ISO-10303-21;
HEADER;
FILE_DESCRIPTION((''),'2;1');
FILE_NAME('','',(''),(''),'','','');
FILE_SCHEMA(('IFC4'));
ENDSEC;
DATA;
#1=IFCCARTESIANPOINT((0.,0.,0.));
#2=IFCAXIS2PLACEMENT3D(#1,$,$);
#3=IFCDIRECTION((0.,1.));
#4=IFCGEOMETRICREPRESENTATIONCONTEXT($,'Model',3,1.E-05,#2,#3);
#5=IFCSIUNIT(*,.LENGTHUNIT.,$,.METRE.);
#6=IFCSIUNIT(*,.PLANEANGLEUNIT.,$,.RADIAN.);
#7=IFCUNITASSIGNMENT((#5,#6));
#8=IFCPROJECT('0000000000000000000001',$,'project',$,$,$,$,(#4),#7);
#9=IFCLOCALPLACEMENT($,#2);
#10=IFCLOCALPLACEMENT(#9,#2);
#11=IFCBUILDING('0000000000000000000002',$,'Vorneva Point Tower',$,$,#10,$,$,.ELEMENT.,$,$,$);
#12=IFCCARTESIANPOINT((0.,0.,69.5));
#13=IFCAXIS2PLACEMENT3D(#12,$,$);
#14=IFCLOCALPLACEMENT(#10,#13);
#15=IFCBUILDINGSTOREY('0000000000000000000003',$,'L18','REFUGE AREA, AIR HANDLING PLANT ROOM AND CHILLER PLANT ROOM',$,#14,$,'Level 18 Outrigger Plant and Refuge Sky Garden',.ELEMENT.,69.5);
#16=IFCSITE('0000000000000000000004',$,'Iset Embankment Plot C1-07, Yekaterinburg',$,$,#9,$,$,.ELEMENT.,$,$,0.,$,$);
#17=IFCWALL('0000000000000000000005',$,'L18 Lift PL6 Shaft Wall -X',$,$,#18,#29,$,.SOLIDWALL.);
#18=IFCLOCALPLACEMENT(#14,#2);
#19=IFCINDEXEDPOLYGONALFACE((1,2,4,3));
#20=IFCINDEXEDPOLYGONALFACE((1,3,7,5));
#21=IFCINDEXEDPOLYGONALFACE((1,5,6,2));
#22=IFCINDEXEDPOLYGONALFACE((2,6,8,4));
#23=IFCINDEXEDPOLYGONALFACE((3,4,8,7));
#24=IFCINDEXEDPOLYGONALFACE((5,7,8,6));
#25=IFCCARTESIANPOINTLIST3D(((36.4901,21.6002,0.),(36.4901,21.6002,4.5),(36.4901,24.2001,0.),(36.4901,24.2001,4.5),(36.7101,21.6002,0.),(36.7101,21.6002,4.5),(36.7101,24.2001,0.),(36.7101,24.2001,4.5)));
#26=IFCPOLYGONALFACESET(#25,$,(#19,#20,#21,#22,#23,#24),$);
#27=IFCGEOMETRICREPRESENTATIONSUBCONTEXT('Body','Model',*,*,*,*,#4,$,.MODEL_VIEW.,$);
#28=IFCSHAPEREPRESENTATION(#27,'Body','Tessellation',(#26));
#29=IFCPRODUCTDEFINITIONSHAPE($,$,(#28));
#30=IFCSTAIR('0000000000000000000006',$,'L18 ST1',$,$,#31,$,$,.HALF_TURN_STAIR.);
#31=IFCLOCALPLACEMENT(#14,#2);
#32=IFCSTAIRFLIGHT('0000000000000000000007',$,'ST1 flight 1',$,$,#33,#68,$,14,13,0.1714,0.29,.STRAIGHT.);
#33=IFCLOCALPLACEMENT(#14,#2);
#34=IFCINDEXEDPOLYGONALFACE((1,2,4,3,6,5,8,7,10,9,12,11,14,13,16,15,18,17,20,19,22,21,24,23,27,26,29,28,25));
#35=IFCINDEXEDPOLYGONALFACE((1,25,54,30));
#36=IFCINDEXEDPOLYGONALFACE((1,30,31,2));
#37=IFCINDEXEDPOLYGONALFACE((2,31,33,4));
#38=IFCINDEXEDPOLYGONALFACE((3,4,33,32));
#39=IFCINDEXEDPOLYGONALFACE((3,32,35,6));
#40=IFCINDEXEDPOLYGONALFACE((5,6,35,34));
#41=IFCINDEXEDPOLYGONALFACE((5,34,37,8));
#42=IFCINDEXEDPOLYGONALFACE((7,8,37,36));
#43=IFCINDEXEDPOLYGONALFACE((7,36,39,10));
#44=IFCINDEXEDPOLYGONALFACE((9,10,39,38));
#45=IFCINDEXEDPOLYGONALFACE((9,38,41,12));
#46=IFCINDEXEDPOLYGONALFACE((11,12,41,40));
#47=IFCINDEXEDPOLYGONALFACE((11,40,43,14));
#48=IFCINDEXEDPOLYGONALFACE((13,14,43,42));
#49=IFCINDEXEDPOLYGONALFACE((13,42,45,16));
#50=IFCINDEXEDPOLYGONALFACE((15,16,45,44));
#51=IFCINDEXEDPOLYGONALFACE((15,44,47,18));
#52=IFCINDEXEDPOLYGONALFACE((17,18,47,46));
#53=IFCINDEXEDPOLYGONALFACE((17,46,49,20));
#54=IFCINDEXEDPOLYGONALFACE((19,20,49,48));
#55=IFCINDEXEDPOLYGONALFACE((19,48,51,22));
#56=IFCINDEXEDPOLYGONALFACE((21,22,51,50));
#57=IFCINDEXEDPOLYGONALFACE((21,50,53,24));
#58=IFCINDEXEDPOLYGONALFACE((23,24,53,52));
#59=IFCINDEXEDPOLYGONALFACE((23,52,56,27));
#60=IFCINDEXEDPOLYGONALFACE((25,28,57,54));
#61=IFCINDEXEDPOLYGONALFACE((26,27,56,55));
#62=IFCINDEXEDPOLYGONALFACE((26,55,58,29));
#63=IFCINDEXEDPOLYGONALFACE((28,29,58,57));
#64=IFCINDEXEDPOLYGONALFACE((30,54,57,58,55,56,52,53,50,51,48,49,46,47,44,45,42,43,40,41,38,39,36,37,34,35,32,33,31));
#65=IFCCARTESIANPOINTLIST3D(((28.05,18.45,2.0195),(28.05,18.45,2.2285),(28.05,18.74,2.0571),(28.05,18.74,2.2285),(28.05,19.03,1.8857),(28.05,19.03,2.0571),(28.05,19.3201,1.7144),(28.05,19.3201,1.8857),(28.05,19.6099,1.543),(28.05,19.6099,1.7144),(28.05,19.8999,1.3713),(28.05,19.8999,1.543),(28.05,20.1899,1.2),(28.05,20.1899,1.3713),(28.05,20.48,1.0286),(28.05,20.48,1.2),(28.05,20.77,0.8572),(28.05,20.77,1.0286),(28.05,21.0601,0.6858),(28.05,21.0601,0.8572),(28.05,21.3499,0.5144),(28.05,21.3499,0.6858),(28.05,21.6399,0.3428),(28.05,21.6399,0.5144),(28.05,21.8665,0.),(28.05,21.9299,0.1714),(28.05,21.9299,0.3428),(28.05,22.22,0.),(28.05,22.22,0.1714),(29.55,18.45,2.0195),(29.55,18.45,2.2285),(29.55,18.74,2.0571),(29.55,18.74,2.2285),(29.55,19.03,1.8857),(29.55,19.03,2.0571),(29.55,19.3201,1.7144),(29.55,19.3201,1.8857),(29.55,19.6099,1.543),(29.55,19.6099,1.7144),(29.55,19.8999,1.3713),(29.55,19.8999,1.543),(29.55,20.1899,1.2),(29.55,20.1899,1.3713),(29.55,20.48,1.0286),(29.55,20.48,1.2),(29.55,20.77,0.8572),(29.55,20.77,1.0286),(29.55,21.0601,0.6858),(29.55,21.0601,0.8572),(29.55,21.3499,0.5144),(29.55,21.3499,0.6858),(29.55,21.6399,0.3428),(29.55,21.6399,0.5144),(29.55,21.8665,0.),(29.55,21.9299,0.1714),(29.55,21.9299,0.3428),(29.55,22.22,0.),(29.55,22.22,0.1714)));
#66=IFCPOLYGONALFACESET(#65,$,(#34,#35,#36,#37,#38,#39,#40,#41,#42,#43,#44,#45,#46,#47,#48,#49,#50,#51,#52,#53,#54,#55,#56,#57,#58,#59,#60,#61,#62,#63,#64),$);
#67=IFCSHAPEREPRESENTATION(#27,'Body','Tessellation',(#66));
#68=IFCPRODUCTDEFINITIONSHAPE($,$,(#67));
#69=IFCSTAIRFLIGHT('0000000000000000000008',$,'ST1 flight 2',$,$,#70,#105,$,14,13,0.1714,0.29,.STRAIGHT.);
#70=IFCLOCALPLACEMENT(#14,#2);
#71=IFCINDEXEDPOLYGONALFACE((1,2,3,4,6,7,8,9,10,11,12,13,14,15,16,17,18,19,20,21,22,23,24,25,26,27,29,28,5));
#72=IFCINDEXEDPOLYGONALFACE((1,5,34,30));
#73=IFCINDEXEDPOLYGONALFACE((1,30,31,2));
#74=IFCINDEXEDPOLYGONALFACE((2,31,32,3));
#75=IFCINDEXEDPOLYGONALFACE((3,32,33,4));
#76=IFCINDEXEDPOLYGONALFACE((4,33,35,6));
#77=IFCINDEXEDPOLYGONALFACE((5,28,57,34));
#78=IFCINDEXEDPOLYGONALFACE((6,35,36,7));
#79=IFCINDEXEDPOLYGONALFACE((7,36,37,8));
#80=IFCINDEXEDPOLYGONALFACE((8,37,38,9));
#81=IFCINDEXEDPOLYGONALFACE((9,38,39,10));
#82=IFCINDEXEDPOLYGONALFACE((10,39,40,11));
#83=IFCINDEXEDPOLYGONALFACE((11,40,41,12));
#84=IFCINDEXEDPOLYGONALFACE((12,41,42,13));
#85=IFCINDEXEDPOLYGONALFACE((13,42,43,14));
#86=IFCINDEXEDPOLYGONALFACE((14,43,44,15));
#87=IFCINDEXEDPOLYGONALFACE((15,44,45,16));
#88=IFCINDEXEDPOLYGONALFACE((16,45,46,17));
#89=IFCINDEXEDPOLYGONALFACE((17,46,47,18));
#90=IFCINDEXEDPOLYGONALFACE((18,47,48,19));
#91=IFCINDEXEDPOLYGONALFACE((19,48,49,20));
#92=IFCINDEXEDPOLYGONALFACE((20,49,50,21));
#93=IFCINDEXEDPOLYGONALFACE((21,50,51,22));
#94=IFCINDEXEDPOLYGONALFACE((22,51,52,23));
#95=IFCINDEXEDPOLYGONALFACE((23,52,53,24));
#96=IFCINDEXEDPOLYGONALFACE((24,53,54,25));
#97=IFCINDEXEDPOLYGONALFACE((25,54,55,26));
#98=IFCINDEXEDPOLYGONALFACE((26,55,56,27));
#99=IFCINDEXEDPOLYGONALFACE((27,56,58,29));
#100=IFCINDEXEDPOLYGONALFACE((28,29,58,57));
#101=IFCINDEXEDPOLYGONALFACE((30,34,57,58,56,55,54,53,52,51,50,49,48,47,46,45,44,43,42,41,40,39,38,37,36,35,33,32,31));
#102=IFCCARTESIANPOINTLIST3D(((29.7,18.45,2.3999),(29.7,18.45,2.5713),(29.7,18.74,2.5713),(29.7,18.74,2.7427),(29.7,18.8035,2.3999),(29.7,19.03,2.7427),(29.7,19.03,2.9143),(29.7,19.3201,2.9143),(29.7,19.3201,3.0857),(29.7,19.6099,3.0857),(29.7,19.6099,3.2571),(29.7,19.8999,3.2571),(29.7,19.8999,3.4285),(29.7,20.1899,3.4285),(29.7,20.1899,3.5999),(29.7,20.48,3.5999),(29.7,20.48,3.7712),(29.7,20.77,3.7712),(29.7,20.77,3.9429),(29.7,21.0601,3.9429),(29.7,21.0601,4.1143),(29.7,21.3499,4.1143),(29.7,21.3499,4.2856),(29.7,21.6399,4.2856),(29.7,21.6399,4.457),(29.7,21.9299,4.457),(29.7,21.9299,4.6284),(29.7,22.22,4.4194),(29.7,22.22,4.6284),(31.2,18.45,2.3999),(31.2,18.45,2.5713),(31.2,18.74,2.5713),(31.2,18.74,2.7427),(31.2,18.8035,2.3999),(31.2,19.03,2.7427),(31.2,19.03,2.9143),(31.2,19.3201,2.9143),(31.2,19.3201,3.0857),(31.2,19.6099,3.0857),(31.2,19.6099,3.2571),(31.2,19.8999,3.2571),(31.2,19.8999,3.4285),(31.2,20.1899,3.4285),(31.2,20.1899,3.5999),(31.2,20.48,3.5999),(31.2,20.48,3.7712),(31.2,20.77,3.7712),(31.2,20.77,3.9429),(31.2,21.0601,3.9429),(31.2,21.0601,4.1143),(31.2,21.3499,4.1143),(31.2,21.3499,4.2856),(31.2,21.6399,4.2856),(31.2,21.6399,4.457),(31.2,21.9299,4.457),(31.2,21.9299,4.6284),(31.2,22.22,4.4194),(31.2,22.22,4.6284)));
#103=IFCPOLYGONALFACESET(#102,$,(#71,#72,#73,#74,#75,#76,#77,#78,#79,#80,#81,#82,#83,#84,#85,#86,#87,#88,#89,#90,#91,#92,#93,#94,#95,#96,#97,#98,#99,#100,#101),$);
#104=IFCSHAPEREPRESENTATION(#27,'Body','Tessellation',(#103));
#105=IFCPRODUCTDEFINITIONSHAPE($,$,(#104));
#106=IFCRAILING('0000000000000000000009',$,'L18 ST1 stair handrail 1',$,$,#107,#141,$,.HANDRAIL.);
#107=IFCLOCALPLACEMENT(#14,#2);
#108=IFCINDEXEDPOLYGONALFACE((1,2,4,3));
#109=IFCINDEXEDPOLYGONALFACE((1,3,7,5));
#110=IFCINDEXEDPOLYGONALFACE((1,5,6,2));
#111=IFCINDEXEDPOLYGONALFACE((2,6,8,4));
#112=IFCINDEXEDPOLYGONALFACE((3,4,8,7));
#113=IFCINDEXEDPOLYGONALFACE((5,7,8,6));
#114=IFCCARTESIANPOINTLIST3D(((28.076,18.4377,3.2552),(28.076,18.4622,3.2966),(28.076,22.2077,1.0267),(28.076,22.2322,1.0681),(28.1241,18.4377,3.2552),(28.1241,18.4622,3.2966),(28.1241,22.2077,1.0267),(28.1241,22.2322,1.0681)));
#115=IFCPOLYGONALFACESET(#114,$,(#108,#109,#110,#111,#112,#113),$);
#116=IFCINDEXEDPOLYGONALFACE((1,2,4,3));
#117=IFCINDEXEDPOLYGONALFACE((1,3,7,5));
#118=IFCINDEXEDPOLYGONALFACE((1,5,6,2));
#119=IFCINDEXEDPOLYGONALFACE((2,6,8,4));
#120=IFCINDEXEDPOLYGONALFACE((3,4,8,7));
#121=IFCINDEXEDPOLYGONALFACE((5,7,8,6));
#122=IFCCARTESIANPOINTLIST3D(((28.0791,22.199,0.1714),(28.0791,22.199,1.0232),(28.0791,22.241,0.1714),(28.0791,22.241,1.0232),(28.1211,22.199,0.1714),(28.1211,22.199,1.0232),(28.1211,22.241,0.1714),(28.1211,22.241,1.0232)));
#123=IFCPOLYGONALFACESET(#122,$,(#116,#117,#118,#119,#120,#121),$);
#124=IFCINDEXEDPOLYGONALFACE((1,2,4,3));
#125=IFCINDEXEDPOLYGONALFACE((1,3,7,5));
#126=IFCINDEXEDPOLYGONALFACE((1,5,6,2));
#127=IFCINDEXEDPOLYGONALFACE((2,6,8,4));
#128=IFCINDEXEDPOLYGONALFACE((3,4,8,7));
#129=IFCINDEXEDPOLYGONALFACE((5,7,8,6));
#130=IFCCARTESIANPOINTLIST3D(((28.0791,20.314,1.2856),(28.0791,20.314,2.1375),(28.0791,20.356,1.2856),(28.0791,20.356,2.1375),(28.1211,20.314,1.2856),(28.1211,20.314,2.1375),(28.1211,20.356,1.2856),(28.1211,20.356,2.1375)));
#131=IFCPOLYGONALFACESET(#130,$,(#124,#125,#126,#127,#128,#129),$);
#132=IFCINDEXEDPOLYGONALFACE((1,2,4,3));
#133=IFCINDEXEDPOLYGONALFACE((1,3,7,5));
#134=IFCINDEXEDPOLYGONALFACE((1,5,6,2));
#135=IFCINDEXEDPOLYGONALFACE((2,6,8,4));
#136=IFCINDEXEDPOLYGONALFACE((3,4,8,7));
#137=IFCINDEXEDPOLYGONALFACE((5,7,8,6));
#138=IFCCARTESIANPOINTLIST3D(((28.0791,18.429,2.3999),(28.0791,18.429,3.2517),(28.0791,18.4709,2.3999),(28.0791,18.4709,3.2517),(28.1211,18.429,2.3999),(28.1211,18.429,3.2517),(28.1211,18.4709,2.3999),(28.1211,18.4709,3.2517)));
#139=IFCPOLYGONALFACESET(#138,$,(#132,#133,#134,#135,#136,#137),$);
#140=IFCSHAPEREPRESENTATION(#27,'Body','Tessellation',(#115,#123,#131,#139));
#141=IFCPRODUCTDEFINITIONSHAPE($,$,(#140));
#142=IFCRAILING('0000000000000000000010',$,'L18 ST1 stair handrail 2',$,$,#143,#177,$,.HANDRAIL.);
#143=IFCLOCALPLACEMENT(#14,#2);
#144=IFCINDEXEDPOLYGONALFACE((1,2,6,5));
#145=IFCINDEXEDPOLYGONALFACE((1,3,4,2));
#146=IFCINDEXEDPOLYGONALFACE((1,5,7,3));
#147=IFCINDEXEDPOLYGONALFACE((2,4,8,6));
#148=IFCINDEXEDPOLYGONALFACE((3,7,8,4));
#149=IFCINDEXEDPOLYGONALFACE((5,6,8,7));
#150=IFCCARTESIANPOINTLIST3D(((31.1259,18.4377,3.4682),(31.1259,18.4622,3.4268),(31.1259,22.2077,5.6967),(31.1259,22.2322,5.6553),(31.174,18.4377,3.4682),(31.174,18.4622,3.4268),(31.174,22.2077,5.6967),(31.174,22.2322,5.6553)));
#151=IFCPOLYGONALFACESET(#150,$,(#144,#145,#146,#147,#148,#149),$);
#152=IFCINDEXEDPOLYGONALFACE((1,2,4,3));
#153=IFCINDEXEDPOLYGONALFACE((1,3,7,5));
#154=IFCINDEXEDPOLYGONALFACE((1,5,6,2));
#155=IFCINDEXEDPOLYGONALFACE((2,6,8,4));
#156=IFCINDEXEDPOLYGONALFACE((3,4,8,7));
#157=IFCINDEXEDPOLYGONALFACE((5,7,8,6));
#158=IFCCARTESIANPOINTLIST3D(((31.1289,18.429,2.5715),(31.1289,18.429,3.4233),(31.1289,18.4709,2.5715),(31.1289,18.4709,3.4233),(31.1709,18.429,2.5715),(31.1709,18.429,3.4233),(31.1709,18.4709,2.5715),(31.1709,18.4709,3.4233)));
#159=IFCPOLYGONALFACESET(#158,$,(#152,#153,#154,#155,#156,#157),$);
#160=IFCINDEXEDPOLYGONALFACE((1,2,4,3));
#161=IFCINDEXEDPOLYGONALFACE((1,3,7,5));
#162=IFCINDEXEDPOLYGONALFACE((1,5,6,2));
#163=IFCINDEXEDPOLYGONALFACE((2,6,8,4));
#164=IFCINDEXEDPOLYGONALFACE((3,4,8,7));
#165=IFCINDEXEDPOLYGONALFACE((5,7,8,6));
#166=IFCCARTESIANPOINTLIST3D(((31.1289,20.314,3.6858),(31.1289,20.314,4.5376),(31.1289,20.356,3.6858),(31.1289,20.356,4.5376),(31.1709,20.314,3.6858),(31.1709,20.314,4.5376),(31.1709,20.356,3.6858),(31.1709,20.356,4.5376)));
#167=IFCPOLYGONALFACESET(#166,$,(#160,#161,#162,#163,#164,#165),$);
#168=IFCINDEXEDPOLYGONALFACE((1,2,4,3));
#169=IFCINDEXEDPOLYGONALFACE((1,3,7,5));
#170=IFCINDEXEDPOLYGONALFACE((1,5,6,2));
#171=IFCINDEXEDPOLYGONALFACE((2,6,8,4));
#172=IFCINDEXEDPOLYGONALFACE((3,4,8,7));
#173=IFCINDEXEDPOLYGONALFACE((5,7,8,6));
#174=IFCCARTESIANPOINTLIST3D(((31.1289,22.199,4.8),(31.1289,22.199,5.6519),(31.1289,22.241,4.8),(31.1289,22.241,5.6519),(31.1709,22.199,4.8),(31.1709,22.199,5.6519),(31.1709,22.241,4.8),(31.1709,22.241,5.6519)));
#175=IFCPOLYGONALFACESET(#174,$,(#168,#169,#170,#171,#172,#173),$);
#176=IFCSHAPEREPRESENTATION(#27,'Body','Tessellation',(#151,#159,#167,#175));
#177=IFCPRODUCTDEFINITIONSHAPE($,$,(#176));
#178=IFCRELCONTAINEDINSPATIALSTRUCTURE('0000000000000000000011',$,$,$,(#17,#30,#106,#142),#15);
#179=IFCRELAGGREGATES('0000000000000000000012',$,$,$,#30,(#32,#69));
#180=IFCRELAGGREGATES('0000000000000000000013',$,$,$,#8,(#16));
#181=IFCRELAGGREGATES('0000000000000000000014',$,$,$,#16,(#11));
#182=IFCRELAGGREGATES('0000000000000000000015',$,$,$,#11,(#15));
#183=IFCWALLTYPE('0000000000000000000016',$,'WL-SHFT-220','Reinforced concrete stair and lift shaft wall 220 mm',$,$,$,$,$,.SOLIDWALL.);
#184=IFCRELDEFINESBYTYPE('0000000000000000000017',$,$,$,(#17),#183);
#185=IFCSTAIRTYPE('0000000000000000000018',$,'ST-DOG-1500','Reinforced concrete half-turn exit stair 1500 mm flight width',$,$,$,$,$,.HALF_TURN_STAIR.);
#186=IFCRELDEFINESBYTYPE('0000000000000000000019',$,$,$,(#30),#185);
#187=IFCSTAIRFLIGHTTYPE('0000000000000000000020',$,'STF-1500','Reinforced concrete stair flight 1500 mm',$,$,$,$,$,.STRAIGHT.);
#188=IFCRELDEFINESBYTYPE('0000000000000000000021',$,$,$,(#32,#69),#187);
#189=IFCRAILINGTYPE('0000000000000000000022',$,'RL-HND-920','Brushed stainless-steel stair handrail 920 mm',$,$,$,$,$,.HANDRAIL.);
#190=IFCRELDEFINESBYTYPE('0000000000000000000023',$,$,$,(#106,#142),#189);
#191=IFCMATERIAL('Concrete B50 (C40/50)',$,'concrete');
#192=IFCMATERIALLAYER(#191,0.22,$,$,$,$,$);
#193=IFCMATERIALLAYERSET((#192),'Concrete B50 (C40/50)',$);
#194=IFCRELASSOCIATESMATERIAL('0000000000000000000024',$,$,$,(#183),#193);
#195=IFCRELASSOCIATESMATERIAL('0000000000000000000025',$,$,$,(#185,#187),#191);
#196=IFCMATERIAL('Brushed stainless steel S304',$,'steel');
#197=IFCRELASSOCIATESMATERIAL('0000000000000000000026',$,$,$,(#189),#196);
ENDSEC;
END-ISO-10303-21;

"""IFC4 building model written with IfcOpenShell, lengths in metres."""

from ifc_helpers import new_model, si_unit, direction, frame, frame_2d, origin, origin_2d, place, context, subcontext, project, spatial, polyline, rectangle, outline, extrude, material, layer, layer_set, type_object, element, aggregate, save


model = new_model("IFC4")

# Units and contexts
model_context = context("Model", 3, precision=1e-05, world=origin(), true_north=direction((0.0, 1.0)))
body_context = subcontext(model_context, "Body", "Model", "MODEL_VIEW")
ifc_project = project(units=[si_unit("LENGTHUNIT", "METRE"), si_unit("PLANEANGLEUNIT", "RADIAN")], contexts=[model_context])

# Site, building, storey
site_placement = place(None, origin())
site = spatial("IfcSite", under=ifc_project, at=site_placement, Name="Iset Embankment Plot C1-07, Yekaterinburg", CompositionType="ELEMENT", RefElevation=0.0)
building_placement = place(site_placement, origin())
building = spatial("IfcBuilding", under=site, at=building_placement, Name="Vorneva Point Tower", CompositionType="ELEMENT")
storey_placement = place(building_placement, frame((0.0, 0.0, 69.5)))
storey = spatial("IfcBuildingStorey", under=building, at=storey_placement, Name="L18", Description="REFUGE AREA, AIR HANDLING PLANT ROOM AND CHILLER PLANT ROOM", LongName="Level 18 Outrigger Plant and Refuge Sky Garden", CompositionType="ELEMENT", Elevation=69.5)

# Shared definitions
ifc_material_1 = material(Name="Concrete B50 (C40/50)", Category="concrete")
ifc_layer_1 = layer(ifc_material_1, 0.22)
ifc_layer_set_1 = layer_set([ifc_layer_1], Name="Concrete B50 (C40/50)")
wall_type_1 = type_object("IfcWallType", Name="WL-SHFT-220", Description="Reinforced concrete stair and lift shaft wall 220 mm", PredefinedType="SOLIDWALL", material=ifc_layer_set_1)

# Wall
wall_1_placement = place(storey_placement, frame((36.6001, 24.2, 0.0), z_axis=(0.0, 0.0, 1.0), x_axis=(0.0, -1.0, 0.0)))
element("IfcWall", 1, at=wall_1_placement, inside=storey, type_object=wall_type_1, Name="L18 Lift PL6 Shaft Wall -X", PredefinedType="SOLIDWALL", context=body_context, shape_type="SweptSolid", body=[
    extrude(rectangle(XDim=2.5999, YDim=0.22, at=frame_2d((1.2998, 0.0))), origin(), (0.0, 0.0, 1.0), 4.5),
])

# Stair, stair flights
stair_type = type_object("IfcStairType", Name="ST-DOG-1500", Description="Reinforced concrete half-turn exit stair 1500 mm flight width", PredefinedType="HALF_TURN_STAIR", material=ifc_material_1)
stair_placement = place(storey_placement, origin())
stair = element("IfcStair", 2, at=stair_placement, inside=storey, type_object=stair_type, Name="L18 ST1", PredefinedType="HALF_TURN_STAIR")
stair_flight_type = type_object("IfcStairFlightType", Name="STF-1500", Description="Reinforced concrete stair flight 1500 mm", PredefinedType="STRAIGHT", material=ifc_material_1)
stair_flight_1_placement = place(storey_placement, frame((28.8, 22.22, 0.0), z_axis=(0.0, 0.0, 1.0), x_axis=(0.0, -1.0, 0.0)))
stair_flight_1 = element("IfcStairFlight", 3, at=stair_flight_1_placement, type_object=stair_flight_type, Name="ST1 flight 1", NumberOfRisers=14, NumberOfTreads=13, PredefinedType="STRAIGHT", RiserHeight=0.1714, TreadLength=0.29, context=body_context, shape_type="SweptSolid", body=[
    extrude(outline(polyline([(0.0, 0.0), (0.0, 0.1714), (0.29, 0.1714), (0.29, 0.3428), (0.5801, 0.3428), (0.5801, 0.5144), (0.8701, 0.5144), (0.8701, 0.6858), (1.1599, 0.6858), (1.1599, 0.8572), (1.45, 0.8572), (1.45, 1.0286), (1.74, 1.0286), (1.74, 1.2), (2.03, 1.2), (2.03, 1.3713), (2.3201, 1.3713), (2.3201, 1.543), (2.6101, 1.543), (2.6101, 1.7144), (2.8999, 1.7144), (2.8999, 1.8857), (3.1899, 1.8857), (3.1899, 2.0571), (3.48, 2.0571), (3.48, 2.2285), (3.77, 2.2285), (3.77, 2.3999), (3.77, 2.0195), (0.3535, 0.0), (0.0, 0.0)])), frame((0.0, 0.75, 0.0), z_axis=(0.0, -1.0, 0.0), x_axis=(1.0, 0.0, 0.0)), (0.0, 0.0, 1.0), 1.5),
])
stair_flight_2_placement = place(storey_placement, frame((30.45, 18.45, 2.3999), z_axis=(0.0, 0.0, 1.0), x_axis=(0.0, 1.0, 0.0)))
stair_flight_2 = element("IfcStairFlight", 4, at=stair_flight_2_placement, type_object=stair_flight_type, Name="ST1 flight 2", NumberOfRisers=14, NumberOfTreads=13, PredefinedType="STRAIGHT", RiserHeight=0.1714, TreadLength=0.29, context=body_context, shape_type="SweptSolid", body=[
    extrude(outline(polyline([(0.0, 0.0), (0.0, 0.1714), (0.29, 0.1714), (0.29, 0.3428), (0.5801, 0.3428), (0.5801, 0.5144), (0.8701, 0.5144), (0.8701, 0.6858), (1.1599, 0.6858), (1.1599, 0.8572), (1.45, 0.8572), (1.45, 1.0286), (1.74, 1.0286), (1.74, 1.2), (2.03, 1.2), (2.03, 1.3713), (2.3201, 1.3713), (2.3201, 1.543), (2.6101, 1.543), (2.6101, 1.7144), (2.8999, 1.7144), (2.8999, 1.8857), (3.1899, 1.8857), (3.1899, 2.0571), (3.48, 2.0571), (3.48, 2.2285), (3.77, 2.2285), (3.77, 2.3999), (3.77, 2.0195), (0.3535, 0.0), (0.0, 0.0)])), frame((0.0, 0.75, 0.0), z_axis=(0.0, -1.0, 0.0), x_axis=(1.0, 0.0, 0.0)), (0.0, 0.0, 1.0), 1.5),
])
aggregate(stair, [stair_flight_1, stair_flight_2])

# Railings
ifc_material_2 = material(Name="Brushed stainless steel S304", Category="steel")
railing_type_1 = type_object("IfcRailingType", Name="RL-HND-920", Description="Brushed stainless-steel stair handrail 920 mm", PredefinedType="HANDRAIL", material=ifc_material_2)
railing_1_placement = place(storey_placement, frame((28.1001, 22.22, 0.1714)))
element("IfcRailing", 5, at=railing_1_placement, inside=storey, type_object=railing_type_1, Name="L18 ST1 stair handrail 1", PredefinedType="HANDRAIL", context=body_context, shape_type="SweptSolid", body=[
    extrude(rectangle(XDim=0.0481, YDim=0.0481, at=origin_2d()), frame((0.0, 0.0, 0.876), z_axis=(0.0, -0.860849, 0.508861), x_axis=(1.0, 0.0, 0.0)), (0.0, 0.0, 1.0), 4.3794),
    extrude(rectangle(XDim=0.042, YDim=0.042, at=origin_2d()), origin(), (0.0, 0.0, 1.0), 0.8518),
    extrude(rectangle(XDim=0.042, YDim=0.042, at=origin_2d()), frame((0.0, -1.885, 1.1143)), (0.0, 0.0, 1.0), 0.8518),
    extrude(rectangle(XDim=0.042, YDim=0.042, at=origin_2d()), frame((0.0, -3.77, 2.2285)), (0.0, 0.0, 1.0), 0.8518),
])
railing_2_placement = place(storey_placement, frame((31.1499, 18.45, 2.5715)))
element("IfcRailing", 6, at=railing_2_placement, inside=storey, type_object=railing_type_1, Name="L18 ST1 stair handrail 2", PredefinedType="HANDRAIL", context=body_context, shape_type="SweptSolid", body=[
    extrude(rectangle(XDim=0.0481, YDim=0.0481, at=origin_2d()), frame((0.0, 0.0, 0.876), z_axis=(0.0, 0.860849, 0.508861), x_axis=(-1.0, 0.0, 0.0)), (0.0, 0.0, 1.0), 4.3794),
    extrude(rectangle(XDim=0.042, YDim=0.042, at=origin_2d()), origin(), (0.0, 0.0, 1.0), 0.8518),
    extrude(rectangle(XDim=0.042, YDim=0.042, at=origin_2d()), frame((0.0, 1.885, 1.1143)), (0.0, 0.0, 1.0), 0.8518),
    extrude(rectangle(XDim=0.042, YDim=0.042, at=origin_2d()), frame((0.0, 3.77, 2.2285)), (0.0, 0.0, 1.0), 0.8518),
])

save(model, "model.ifc")
